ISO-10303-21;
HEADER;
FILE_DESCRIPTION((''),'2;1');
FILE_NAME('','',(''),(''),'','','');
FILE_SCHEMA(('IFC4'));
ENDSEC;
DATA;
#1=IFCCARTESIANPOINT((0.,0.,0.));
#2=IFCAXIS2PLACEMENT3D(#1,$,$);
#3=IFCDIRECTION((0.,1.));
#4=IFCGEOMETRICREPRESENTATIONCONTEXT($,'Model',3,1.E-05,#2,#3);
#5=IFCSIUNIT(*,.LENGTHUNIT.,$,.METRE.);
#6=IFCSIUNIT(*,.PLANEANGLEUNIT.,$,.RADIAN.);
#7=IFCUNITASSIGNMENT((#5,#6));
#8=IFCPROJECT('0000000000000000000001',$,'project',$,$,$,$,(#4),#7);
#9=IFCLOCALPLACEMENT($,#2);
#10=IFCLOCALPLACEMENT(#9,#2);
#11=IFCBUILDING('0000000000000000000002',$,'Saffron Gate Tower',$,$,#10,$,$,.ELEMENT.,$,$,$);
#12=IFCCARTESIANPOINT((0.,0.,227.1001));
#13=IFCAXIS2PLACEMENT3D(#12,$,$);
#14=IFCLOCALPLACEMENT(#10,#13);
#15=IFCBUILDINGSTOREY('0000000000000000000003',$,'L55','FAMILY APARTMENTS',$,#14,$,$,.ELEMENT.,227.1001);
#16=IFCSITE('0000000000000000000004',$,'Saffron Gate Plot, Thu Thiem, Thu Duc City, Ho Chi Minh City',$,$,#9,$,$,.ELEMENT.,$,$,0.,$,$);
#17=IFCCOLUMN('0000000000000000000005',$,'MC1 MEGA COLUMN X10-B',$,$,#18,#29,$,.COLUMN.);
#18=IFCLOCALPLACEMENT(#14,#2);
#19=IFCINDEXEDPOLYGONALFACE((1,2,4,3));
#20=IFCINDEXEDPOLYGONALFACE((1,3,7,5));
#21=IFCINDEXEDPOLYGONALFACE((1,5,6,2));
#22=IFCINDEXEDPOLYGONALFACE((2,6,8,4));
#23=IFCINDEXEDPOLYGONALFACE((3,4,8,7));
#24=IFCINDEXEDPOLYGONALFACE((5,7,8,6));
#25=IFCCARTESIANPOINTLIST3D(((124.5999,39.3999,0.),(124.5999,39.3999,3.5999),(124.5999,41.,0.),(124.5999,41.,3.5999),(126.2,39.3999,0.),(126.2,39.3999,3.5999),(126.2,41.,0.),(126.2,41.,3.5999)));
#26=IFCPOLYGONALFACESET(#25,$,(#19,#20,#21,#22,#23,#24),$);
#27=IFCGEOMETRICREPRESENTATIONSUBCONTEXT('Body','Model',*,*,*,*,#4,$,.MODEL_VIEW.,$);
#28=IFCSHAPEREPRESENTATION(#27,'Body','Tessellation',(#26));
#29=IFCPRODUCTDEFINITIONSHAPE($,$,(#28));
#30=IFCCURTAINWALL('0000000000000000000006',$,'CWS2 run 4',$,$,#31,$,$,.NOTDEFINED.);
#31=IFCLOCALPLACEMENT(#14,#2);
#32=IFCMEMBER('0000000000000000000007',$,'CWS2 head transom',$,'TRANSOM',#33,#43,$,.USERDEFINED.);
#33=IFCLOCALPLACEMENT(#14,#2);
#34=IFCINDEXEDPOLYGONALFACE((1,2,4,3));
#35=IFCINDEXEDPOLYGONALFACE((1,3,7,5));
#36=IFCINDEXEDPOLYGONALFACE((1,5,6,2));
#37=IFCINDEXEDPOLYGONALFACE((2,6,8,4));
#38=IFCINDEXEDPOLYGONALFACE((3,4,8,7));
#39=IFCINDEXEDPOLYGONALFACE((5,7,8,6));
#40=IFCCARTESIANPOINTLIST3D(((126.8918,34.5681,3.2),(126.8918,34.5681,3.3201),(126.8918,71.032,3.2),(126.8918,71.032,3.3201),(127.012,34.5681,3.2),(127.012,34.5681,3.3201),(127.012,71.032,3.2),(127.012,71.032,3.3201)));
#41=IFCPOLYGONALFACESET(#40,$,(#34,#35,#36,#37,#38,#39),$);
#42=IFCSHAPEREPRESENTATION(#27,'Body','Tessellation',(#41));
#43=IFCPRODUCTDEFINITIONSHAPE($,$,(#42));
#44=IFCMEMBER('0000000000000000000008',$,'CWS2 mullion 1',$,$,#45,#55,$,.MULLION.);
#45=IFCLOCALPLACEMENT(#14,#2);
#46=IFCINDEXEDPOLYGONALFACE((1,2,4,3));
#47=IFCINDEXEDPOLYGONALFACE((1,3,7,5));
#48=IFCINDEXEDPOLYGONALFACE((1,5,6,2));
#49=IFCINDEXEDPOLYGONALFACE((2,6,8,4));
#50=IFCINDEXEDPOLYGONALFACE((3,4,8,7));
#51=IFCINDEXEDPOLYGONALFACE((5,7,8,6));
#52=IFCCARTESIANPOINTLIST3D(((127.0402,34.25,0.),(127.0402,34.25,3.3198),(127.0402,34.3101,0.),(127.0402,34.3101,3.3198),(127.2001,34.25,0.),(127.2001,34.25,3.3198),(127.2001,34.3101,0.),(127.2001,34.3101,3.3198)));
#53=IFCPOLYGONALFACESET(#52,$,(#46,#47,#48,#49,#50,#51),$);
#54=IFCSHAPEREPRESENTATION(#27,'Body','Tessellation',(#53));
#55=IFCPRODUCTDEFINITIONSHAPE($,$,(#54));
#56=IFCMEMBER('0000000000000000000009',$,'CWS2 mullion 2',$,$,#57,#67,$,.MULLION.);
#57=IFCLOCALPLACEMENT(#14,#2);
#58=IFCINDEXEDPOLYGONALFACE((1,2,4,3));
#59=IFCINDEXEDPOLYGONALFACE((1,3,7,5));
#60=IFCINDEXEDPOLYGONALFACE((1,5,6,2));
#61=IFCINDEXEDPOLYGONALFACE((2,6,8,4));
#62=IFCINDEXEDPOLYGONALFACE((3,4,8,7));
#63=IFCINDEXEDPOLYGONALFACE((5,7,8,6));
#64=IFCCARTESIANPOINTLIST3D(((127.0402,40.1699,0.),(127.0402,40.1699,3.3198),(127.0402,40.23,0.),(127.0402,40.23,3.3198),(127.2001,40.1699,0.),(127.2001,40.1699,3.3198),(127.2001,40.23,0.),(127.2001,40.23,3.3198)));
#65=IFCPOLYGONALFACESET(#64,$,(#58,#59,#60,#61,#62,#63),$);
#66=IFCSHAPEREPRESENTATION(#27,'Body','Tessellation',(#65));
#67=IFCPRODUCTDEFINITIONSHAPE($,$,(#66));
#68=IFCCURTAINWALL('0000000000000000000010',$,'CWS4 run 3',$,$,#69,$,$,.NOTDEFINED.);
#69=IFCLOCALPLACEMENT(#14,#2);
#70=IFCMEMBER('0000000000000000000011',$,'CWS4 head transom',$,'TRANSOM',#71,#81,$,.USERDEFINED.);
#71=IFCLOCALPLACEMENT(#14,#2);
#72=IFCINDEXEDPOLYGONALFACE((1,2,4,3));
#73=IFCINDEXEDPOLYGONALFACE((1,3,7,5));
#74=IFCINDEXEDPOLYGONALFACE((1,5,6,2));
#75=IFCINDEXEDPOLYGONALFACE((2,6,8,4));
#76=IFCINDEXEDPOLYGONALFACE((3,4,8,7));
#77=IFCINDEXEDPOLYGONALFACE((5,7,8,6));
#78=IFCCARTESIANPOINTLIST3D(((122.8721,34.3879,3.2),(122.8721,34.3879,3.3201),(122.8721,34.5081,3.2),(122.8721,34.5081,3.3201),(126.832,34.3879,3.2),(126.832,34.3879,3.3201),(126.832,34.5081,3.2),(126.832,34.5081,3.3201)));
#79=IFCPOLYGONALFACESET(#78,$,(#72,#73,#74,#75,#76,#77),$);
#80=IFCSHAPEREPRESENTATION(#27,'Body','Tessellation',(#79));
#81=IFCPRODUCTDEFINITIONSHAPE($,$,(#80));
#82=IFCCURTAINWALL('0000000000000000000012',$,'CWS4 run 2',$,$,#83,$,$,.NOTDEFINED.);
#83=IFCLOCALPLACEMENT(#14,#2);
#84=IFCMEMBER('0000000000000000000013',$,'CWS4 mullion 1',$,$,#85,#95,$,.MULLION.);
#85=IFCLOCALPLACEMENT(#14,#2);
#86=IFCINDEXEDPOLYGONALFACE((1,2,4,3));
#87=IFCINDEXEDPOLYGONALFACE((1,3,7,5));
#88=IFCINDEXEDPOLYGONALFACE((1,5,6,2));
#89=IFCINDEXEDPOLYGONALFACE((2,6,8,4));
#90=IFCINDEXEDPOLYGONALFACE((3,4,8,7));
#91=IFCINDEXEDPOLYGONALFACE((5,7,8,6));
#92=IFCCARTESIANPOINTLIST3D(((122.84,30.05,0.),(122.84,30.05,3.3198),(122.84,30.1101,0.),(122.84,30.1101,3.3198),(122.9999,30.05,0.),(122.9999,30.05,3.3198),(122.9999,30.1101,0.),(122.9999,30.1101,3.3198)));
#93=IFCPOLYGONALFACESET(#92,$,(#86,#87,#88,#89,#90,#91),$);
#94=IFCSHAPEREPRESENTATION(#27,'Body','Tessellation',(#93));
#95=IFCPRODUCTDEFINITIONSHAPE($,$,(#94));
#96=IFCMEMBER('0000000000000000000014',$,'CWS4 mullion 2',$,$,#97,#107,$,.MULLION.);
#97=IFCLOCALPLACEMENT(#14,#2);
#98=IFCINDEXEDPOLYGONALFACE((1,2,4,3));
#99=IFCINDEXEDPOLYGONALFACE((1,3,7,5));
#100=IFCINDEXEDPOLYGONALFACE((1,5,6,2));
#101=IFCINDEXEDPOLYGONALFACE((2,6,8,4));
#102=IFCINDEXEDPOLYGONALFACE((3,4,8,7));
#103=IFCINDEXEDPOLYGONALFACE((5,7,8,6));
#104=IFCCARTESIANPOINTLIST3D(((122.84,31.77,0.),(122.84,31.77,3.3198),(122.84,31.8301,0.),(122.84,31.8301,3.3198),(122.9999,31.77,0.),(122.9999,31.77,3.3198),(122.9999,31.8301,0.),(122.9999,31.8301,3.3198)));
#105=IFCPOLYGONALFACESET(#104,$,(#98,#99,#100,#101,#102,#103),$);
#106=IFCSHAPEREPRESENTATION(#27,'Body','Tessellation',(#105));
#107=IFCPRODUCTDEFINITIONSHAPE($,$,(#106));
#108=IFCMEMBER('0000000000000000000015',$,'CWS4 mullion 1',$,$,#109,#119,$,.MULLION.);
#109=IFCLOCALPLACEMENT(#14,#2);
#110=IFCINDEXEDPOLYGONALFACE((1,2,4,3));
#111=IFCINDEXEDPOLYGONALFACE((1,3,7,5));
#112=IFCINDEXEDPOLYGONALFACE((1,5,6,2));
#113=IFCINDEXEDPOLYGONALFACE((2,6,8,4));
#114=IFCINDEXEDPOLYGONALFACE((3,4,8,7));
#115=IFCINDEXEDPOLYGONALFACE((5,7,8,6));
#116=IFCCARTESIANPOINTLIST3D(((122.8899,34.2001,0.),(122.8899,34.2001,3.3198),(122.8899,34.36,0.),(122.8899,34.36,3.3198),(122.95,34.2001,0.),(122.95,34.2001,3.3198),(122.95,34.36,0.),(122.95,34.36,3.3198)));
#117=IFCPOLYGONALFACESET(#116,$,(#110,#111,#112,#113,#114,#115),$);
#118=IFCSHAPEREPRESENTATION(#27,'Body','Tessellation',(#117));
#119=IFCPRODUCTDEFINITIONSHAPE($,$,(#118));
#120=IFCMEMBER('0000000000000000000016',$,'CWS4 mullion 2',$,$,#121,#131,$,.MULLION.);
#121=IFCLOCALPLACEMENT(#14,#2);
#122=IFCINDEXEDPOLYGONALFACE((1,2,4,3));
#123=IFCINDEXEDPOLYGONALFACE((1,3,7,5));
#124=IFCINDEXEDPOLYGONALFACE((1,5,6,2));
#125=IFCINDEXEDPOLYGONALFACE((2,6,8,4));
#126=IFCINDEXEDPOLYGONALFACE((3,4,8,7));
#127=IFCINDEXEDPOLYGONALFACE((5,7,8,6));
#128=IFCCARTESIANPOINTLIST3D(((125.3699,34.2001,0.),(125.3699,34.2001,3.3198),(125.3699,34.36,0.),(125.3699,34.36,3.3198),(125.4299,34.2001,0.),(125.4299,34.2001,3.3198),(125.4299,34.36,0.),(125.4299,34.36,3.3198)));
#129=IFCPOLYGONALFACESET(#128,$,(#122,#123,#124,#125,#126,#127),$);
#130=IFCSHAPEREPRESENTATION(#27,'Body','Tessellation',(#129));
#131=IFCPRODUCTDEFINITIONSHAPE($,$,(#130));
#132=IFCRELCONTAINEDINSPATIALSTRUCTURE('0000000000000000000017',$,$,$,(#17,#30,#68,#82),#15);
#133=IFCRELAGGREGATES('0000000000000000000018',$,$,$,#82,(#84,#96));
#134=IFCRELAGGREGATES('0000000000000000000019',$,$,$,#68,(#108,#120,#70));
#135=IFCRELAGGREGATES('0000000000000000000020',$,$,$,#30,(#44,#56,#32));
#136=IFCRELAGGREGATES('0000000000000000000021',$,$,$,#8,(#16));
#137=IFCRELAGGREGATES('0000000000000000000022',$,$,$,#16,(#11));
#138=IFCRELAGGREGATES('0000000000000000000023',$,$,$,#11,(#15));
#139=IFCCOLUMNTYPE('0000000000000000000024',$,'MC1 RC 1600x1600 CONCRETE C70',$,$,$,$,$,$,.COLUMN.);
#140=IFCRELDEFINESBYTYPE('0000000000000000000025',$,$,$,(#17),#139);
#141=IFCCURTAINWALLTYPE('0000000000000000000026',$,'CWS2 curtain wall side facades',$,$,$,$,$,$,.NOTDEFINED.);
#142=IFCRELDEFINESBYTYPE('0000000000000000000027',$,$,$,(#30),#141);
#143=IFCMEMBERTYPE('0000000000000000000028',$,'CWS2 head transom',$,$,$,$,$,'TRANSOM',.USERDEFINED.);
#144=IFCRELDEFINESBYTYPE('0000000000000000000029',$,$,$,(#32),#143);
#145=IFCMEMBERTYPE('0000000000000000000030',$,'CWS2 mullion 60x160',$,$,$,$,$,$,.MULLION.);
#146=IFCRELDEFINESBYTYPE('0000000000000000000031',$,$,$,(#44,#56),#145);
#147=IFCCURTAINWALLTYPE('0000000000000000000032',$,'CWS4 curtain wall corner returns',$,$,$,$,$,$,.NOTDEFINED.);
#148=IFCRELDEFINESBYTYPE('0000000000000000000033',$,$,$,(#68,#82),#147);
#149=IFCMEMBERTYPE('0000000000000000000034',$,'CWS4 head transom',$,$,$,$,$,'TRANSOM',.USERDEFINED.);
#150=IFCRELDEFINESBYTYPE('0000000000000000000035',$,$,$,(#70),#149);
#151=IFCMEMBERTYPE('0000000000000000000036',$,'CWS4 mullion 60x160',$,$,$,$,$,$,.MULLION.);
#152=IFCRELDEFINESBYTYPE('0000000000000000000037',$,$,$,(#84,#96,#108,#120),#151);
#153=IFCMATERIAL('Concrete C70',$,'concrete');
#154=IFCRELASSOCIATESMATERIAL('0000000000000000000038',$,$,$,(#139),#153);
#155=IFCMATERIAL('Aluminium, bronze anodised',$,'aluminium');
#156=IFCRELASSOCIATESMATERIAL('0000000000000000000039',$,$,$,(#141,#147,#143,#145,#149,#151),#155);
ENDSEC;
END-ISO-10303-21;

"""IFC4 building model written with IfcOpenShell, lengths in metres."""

from ifc_helpers import new_model, si_unit, direction, frame, origin, origin_2d, place, context, subcontext, project, spatial, rectangle, extrude, material, material_profile, profile_set, type_object, element, aggregate, save


model = new_model("IFC4")

# Units and contexts
model_context = context("Model", 3, precision=1e-05, world=origin(), true_north=direction((0.0, 1.0)))
body_context = subcontext(model_context, "Body", "Model", "MODEL_VIEW")
ifc_project = project(units=[si_unit("LENGTHUNIT", "METRE"), si_unit("PLANEANGLEUNIT", "RADIAN")], contexts=[model_context])

# Site, building, storey
site_placement = place(None, origin())
site = spatial("IfcSite", under=ifc_project, at=site_placement, Name="Saffron Gate Plot, Thu Thiem, Thu Duc City, Ho Chi Minh City", CompositionType="ELEMENT", RefElevation=0.0)
building_placement = place(site_placement, origin())
building = spatial("IfcBuilding", under=site, at=building_placement, Name="Saffron Gate Tower", CompositionType="ELEMENT")
storey_placement = place(building_placement, frame((0.0, 0.0, 227.1001)))
storey = spatial("IfcBuildingStorey", under=building, at=storey_placement, Name="L55", Description="FAMILY APARTMENTS", CompositionType="ELEMENT", Elevation=227.1001)

# Column
ifc_material_1 = material(Name="Concrete C70", Category="concrete")
ifc_material_profile_1 = material_profile(ifc_material_1, rectangle(XDim=1.6001, YDim=1.6001, at=origin_2d()))
ifc_profile_set_1 = profile_set([ifc_material_profile_1], Name="Concrete C70")
column_type = type_object("IfcColumnType", Name="MC1 RC 1600x1600 CONCRETE C70", PredefinedType="COLUMN", material=ifc_profile_set_1)
column_placement = place(storey_placement, frame((125.3999, 40.2, 0.0), z_axis=(0.0, 0.0, 1.0), x_axis=(1.0, 0.0, 0.0)))
element("IfcColumn", 1, at=column_placement, inside=storey, type_object=column_type, Name="MC1 MEGA COLUMN X10-B", PredefinedType="COLUMN", context=body_context, shape_type="SweptSolid", body=[
    extrude(rectangle(XDim=1.6001, YDim=1.6001, at=origin_2d()), origin(), (0.0, 0.0, 1.0), 3.5999),
])

# Curtain wall, members
ifc_material_2 = material(Name="Aluminium, bronze anodised", Category="aluminium")
curtain_wall_type_1 = type_object("IfcCurtainWallType", Name="CWS2 curtain wall side facades", PredefinedType="NOTDEFINED", material=ifc_material_2)
curtain_wall_1_placement = place(storey_placement, origin())
curtain_wall_1 = element("IfcCurtainWall", 2, at=curtain_wall_1_placement, inside=storey, type_object=curtain_wall_type_1, Name="CWS2 run 4", PredefinedType="NOTDEFINED")
ifc_material_profile_2 = material_profile(ifc_material_2, rectangle(XDim=0.1201, YDim=0.1201, at=origin_2d()))
ifc_profile_set_2 = profile_set([ifc_material_profile_2], Name="Aluminium, bronze anodised")
member_type_1 = type_object("IfcMemberType", Name="CWS2 head transom", ElementType="TRANSOM", PredefinedType="USERDEFINED", material=ifc_profile_set_2)
member_1_placement = place(storey_placement, frame((126.9519, 34.5681, 3.26), z_axis=(0.0, 1.0, 0.0), x_axis=(-1.0, 0.0, 0.0)))
member_1 = element("IfcMember", 3, at=member_1_placement, type_object=member_type_1, Name="CWS2 head transom", ObjectType="TRANSOM", PredefinedType="USERDEFINED", context=body_context, shape_type="SweptSolid", body=[
    extrude(rectangle(XDim=0.1201, YDim=0.1201, at=origin_2d()), origin(), (0.0, 0.0, 1.0), 36.4639),
])
ifc_material_profile_3 = material_profile(ifc_material_2, rectangle(XDim=0.1599, YDim=0.0601, at=origin_2d()))
ifc_profile_set_3 = profile_set([ifc_material_profile_3], Name="Aluminium, bronze anodised")
member_type_2 = type_object("IfcMemberType", Name="CWS2 mullion 60x160", PredefinedType="MULLION", material=ifc_profile_set_3)
member_2_placement = place(storey_placement, frame((127.1201, 34.28, 0.0), z_axis=(0.0, 0.0, 1.0), x_axis=(-1.0, 0.0, 0.0)))
member_2 = element("IfcMember", 4, at=member_2_placement, type_object=member_type_2, Name="CWS2 mullion 1", PredefinedType="MULLION", context=body_context, shape_type="SweptSolid", body=[
    extrude(rectangle(XDim=0.1599, YDim=0.0601, at=origin_2d()), origin(), (0.0, 0.0, 1.0), 3.3198),
])
member_3_placement = place(storey_placement, frame((127.1201, 40.2, 0.0), z_axis=(0.0, 0.0, 1.0), x_axis=(-1.0, 0.0, 0.0)))
member_3 = element("IfcMember", 5, at=member_3_placement, type_object=member_type_2, Name="CWS2 mullion 2", PredefinedType="MULLION", context=body_context, shape_type="SweptSolid", body=[
    extrude(rectangle(XDim=0.1599, YDim=0.0601, at=origin_2d()), origin(), (0.0, 0.0, 1.0), 3.3198),
])

# Curtain wall, member
curtain_wall_type_2 = type_object("IfcCurtainWallType", Name="CWS4 curtain wall corner returns", PredefinedType="NOTDEFINED", material=ifc_material_2)
curtain_wall_2_placement = place(storey_placement, origin())
curtain_wall_2 = element("IfcCurtainWall", 6, at=curtain_wall_2_placement, inside=storey, type_object=curtain_wall_type_2, Name="CWS4 run 3", PredefinedType="NOTDEFINED")
ifc_material_profile_4 = material_profile(ifc_material_2, rectangle(XDim=0.1201, YDim=0.1201, at=origin_2d()))
ifc_profile_set_4 = profile_set([ifc_material_profile_4], Name="Aluminium, bronze anodised")
member_type_3 = type_object("IfcMemberType", Name="CWS4 head transom", ElementType="TRANSOM", PredefinedType="USERDEFINED", material=ifc_profile_set_4)
member_4_placement = place(storey_placement, frame((122.8721, 34.448, 3.26), z_axis=(1.0, 0.0, 0.0), x_axis=(0.0, 1.0, 0.0)))
member_4 = element("IfcMember", 7, at=member_4_placement, type_object=member_type_3, Name="CWS4 head transom", ObjectType="TRANSOM", PredefinedType="USERDEFINED", context=body_context, shape_type="SweptSolid", body=[
    extrude(rectangle(XDim=0.1201, YDim=0.1201, at=origin_2d()), origin(), (0.0, 0.0, 1.0), 3.96),
])

# Curtain wall, members
curtain_wall_3_placement = place(storey_placement, origin())
curtain_wall_3 = element("IfcCurtainWall", 8, at=curtain_wall_3_placement, inside=storey, type_object=curtain_wall_type_2, Name="CWS4 run 2", PredefinedType="NOTDEFINED")
ifc_material_profile_5 = material_profile(ifc_material_2, rectangle(XDim=0.1599, YDim=0.0601, at=origin_2d()))
ifc_profile_set_5 = profile_set([ifc_material_profile_5], Name="Aluminium, bronze anodised")
member_type_4 = type_object("IfcMemberType", Name="CWS4 mullion 60x160", PredefinedType="MULLION", material=ifc_profile_set_5)
member_5_placement = place(storey_placement, frame((122.9199, 30.0801, 0.0), z_axis=(0.0, 0.0, 1.0), x_axis=(-1.0, 0.0, 0.0)))
member_5 = element("IfcMember", 9, at=member_5_placement, type_object=member_type_4, Name="CWS4 mullion 1", PredefinedType="MULLION", context=body_context, shape_type="SweptSolid", body=[
    extrude(rectangle(XDim=0.1599, YDim=0.0601, at=origin_2d()), origin(), (0.0, 0.0, 1.0), 3.3198),
])
member_6_placement = place(storey_placement, frame((122.9199, 31.8, 0.0), z_axis=(0.0, 0.0, 1.0), x_axis=(-1.0, 0.0, 0.0)))
member_6 = element("IfcMember", 10, at=member_6_placement, type_object=member_type_4, Name="CWS4 mullion 2", PredefinedType="MULLION", context=body_context, shape_type="SweptSolid", body=[
    extrude(rectangle(XDim=0.1599, YDim=0.0601, at=origin_2d()), origin(), (0.0, 0.0, 1.0), 3.3198),
])
aggregate(curtain_wall_3, [member_5, member_6])

# Members
member_7_placement = place(storey_placement, frame((122.9199, 34.28, 0.0), z_axis=(0.0, 0.0, 1.0), x_axis=(0.0, 1.0, 0.0)))
member_7 = element("IfcMember", 11, at=member_7_placement, type_object=member_type_4, Name="CWS4 mullion 1", PredefinedType="MULLION", context=body_context, shape_type="SweptSolid", body=[
    extrude(rectangle(XDim=0.1599, YDim=0.0601, at=origin_2d()), origin(), (0.0, 0.0, 1.0), 3.3198),
])
member_8_placement = place(storey_placement, frame((125.3999, 34.28, 0.0), z_axis=(0.0, 0.0, 1.0), x_axis=(0.0, 1.0, 0.0)))
member_8 = element("IfcMember", 12, at=member_8_placement, type_object=member_type_4, Name="CWS4 mullion 2", PredefinedType="MULLION", context=body_context, shape_type="SweptSolid", body=[
    extrude(rectangle(XDim=0.1599, YDim=0.0601, at=origin_2d()), origin(), (0.0, 0.0, 1.0), 3.3198),
])
aggregate(curtain_wall_2, [member_7, member_8, member_4])

aggregate(curtain_wall_1, [member_2, member_3, member_1])

save(model, "model.ifc")
